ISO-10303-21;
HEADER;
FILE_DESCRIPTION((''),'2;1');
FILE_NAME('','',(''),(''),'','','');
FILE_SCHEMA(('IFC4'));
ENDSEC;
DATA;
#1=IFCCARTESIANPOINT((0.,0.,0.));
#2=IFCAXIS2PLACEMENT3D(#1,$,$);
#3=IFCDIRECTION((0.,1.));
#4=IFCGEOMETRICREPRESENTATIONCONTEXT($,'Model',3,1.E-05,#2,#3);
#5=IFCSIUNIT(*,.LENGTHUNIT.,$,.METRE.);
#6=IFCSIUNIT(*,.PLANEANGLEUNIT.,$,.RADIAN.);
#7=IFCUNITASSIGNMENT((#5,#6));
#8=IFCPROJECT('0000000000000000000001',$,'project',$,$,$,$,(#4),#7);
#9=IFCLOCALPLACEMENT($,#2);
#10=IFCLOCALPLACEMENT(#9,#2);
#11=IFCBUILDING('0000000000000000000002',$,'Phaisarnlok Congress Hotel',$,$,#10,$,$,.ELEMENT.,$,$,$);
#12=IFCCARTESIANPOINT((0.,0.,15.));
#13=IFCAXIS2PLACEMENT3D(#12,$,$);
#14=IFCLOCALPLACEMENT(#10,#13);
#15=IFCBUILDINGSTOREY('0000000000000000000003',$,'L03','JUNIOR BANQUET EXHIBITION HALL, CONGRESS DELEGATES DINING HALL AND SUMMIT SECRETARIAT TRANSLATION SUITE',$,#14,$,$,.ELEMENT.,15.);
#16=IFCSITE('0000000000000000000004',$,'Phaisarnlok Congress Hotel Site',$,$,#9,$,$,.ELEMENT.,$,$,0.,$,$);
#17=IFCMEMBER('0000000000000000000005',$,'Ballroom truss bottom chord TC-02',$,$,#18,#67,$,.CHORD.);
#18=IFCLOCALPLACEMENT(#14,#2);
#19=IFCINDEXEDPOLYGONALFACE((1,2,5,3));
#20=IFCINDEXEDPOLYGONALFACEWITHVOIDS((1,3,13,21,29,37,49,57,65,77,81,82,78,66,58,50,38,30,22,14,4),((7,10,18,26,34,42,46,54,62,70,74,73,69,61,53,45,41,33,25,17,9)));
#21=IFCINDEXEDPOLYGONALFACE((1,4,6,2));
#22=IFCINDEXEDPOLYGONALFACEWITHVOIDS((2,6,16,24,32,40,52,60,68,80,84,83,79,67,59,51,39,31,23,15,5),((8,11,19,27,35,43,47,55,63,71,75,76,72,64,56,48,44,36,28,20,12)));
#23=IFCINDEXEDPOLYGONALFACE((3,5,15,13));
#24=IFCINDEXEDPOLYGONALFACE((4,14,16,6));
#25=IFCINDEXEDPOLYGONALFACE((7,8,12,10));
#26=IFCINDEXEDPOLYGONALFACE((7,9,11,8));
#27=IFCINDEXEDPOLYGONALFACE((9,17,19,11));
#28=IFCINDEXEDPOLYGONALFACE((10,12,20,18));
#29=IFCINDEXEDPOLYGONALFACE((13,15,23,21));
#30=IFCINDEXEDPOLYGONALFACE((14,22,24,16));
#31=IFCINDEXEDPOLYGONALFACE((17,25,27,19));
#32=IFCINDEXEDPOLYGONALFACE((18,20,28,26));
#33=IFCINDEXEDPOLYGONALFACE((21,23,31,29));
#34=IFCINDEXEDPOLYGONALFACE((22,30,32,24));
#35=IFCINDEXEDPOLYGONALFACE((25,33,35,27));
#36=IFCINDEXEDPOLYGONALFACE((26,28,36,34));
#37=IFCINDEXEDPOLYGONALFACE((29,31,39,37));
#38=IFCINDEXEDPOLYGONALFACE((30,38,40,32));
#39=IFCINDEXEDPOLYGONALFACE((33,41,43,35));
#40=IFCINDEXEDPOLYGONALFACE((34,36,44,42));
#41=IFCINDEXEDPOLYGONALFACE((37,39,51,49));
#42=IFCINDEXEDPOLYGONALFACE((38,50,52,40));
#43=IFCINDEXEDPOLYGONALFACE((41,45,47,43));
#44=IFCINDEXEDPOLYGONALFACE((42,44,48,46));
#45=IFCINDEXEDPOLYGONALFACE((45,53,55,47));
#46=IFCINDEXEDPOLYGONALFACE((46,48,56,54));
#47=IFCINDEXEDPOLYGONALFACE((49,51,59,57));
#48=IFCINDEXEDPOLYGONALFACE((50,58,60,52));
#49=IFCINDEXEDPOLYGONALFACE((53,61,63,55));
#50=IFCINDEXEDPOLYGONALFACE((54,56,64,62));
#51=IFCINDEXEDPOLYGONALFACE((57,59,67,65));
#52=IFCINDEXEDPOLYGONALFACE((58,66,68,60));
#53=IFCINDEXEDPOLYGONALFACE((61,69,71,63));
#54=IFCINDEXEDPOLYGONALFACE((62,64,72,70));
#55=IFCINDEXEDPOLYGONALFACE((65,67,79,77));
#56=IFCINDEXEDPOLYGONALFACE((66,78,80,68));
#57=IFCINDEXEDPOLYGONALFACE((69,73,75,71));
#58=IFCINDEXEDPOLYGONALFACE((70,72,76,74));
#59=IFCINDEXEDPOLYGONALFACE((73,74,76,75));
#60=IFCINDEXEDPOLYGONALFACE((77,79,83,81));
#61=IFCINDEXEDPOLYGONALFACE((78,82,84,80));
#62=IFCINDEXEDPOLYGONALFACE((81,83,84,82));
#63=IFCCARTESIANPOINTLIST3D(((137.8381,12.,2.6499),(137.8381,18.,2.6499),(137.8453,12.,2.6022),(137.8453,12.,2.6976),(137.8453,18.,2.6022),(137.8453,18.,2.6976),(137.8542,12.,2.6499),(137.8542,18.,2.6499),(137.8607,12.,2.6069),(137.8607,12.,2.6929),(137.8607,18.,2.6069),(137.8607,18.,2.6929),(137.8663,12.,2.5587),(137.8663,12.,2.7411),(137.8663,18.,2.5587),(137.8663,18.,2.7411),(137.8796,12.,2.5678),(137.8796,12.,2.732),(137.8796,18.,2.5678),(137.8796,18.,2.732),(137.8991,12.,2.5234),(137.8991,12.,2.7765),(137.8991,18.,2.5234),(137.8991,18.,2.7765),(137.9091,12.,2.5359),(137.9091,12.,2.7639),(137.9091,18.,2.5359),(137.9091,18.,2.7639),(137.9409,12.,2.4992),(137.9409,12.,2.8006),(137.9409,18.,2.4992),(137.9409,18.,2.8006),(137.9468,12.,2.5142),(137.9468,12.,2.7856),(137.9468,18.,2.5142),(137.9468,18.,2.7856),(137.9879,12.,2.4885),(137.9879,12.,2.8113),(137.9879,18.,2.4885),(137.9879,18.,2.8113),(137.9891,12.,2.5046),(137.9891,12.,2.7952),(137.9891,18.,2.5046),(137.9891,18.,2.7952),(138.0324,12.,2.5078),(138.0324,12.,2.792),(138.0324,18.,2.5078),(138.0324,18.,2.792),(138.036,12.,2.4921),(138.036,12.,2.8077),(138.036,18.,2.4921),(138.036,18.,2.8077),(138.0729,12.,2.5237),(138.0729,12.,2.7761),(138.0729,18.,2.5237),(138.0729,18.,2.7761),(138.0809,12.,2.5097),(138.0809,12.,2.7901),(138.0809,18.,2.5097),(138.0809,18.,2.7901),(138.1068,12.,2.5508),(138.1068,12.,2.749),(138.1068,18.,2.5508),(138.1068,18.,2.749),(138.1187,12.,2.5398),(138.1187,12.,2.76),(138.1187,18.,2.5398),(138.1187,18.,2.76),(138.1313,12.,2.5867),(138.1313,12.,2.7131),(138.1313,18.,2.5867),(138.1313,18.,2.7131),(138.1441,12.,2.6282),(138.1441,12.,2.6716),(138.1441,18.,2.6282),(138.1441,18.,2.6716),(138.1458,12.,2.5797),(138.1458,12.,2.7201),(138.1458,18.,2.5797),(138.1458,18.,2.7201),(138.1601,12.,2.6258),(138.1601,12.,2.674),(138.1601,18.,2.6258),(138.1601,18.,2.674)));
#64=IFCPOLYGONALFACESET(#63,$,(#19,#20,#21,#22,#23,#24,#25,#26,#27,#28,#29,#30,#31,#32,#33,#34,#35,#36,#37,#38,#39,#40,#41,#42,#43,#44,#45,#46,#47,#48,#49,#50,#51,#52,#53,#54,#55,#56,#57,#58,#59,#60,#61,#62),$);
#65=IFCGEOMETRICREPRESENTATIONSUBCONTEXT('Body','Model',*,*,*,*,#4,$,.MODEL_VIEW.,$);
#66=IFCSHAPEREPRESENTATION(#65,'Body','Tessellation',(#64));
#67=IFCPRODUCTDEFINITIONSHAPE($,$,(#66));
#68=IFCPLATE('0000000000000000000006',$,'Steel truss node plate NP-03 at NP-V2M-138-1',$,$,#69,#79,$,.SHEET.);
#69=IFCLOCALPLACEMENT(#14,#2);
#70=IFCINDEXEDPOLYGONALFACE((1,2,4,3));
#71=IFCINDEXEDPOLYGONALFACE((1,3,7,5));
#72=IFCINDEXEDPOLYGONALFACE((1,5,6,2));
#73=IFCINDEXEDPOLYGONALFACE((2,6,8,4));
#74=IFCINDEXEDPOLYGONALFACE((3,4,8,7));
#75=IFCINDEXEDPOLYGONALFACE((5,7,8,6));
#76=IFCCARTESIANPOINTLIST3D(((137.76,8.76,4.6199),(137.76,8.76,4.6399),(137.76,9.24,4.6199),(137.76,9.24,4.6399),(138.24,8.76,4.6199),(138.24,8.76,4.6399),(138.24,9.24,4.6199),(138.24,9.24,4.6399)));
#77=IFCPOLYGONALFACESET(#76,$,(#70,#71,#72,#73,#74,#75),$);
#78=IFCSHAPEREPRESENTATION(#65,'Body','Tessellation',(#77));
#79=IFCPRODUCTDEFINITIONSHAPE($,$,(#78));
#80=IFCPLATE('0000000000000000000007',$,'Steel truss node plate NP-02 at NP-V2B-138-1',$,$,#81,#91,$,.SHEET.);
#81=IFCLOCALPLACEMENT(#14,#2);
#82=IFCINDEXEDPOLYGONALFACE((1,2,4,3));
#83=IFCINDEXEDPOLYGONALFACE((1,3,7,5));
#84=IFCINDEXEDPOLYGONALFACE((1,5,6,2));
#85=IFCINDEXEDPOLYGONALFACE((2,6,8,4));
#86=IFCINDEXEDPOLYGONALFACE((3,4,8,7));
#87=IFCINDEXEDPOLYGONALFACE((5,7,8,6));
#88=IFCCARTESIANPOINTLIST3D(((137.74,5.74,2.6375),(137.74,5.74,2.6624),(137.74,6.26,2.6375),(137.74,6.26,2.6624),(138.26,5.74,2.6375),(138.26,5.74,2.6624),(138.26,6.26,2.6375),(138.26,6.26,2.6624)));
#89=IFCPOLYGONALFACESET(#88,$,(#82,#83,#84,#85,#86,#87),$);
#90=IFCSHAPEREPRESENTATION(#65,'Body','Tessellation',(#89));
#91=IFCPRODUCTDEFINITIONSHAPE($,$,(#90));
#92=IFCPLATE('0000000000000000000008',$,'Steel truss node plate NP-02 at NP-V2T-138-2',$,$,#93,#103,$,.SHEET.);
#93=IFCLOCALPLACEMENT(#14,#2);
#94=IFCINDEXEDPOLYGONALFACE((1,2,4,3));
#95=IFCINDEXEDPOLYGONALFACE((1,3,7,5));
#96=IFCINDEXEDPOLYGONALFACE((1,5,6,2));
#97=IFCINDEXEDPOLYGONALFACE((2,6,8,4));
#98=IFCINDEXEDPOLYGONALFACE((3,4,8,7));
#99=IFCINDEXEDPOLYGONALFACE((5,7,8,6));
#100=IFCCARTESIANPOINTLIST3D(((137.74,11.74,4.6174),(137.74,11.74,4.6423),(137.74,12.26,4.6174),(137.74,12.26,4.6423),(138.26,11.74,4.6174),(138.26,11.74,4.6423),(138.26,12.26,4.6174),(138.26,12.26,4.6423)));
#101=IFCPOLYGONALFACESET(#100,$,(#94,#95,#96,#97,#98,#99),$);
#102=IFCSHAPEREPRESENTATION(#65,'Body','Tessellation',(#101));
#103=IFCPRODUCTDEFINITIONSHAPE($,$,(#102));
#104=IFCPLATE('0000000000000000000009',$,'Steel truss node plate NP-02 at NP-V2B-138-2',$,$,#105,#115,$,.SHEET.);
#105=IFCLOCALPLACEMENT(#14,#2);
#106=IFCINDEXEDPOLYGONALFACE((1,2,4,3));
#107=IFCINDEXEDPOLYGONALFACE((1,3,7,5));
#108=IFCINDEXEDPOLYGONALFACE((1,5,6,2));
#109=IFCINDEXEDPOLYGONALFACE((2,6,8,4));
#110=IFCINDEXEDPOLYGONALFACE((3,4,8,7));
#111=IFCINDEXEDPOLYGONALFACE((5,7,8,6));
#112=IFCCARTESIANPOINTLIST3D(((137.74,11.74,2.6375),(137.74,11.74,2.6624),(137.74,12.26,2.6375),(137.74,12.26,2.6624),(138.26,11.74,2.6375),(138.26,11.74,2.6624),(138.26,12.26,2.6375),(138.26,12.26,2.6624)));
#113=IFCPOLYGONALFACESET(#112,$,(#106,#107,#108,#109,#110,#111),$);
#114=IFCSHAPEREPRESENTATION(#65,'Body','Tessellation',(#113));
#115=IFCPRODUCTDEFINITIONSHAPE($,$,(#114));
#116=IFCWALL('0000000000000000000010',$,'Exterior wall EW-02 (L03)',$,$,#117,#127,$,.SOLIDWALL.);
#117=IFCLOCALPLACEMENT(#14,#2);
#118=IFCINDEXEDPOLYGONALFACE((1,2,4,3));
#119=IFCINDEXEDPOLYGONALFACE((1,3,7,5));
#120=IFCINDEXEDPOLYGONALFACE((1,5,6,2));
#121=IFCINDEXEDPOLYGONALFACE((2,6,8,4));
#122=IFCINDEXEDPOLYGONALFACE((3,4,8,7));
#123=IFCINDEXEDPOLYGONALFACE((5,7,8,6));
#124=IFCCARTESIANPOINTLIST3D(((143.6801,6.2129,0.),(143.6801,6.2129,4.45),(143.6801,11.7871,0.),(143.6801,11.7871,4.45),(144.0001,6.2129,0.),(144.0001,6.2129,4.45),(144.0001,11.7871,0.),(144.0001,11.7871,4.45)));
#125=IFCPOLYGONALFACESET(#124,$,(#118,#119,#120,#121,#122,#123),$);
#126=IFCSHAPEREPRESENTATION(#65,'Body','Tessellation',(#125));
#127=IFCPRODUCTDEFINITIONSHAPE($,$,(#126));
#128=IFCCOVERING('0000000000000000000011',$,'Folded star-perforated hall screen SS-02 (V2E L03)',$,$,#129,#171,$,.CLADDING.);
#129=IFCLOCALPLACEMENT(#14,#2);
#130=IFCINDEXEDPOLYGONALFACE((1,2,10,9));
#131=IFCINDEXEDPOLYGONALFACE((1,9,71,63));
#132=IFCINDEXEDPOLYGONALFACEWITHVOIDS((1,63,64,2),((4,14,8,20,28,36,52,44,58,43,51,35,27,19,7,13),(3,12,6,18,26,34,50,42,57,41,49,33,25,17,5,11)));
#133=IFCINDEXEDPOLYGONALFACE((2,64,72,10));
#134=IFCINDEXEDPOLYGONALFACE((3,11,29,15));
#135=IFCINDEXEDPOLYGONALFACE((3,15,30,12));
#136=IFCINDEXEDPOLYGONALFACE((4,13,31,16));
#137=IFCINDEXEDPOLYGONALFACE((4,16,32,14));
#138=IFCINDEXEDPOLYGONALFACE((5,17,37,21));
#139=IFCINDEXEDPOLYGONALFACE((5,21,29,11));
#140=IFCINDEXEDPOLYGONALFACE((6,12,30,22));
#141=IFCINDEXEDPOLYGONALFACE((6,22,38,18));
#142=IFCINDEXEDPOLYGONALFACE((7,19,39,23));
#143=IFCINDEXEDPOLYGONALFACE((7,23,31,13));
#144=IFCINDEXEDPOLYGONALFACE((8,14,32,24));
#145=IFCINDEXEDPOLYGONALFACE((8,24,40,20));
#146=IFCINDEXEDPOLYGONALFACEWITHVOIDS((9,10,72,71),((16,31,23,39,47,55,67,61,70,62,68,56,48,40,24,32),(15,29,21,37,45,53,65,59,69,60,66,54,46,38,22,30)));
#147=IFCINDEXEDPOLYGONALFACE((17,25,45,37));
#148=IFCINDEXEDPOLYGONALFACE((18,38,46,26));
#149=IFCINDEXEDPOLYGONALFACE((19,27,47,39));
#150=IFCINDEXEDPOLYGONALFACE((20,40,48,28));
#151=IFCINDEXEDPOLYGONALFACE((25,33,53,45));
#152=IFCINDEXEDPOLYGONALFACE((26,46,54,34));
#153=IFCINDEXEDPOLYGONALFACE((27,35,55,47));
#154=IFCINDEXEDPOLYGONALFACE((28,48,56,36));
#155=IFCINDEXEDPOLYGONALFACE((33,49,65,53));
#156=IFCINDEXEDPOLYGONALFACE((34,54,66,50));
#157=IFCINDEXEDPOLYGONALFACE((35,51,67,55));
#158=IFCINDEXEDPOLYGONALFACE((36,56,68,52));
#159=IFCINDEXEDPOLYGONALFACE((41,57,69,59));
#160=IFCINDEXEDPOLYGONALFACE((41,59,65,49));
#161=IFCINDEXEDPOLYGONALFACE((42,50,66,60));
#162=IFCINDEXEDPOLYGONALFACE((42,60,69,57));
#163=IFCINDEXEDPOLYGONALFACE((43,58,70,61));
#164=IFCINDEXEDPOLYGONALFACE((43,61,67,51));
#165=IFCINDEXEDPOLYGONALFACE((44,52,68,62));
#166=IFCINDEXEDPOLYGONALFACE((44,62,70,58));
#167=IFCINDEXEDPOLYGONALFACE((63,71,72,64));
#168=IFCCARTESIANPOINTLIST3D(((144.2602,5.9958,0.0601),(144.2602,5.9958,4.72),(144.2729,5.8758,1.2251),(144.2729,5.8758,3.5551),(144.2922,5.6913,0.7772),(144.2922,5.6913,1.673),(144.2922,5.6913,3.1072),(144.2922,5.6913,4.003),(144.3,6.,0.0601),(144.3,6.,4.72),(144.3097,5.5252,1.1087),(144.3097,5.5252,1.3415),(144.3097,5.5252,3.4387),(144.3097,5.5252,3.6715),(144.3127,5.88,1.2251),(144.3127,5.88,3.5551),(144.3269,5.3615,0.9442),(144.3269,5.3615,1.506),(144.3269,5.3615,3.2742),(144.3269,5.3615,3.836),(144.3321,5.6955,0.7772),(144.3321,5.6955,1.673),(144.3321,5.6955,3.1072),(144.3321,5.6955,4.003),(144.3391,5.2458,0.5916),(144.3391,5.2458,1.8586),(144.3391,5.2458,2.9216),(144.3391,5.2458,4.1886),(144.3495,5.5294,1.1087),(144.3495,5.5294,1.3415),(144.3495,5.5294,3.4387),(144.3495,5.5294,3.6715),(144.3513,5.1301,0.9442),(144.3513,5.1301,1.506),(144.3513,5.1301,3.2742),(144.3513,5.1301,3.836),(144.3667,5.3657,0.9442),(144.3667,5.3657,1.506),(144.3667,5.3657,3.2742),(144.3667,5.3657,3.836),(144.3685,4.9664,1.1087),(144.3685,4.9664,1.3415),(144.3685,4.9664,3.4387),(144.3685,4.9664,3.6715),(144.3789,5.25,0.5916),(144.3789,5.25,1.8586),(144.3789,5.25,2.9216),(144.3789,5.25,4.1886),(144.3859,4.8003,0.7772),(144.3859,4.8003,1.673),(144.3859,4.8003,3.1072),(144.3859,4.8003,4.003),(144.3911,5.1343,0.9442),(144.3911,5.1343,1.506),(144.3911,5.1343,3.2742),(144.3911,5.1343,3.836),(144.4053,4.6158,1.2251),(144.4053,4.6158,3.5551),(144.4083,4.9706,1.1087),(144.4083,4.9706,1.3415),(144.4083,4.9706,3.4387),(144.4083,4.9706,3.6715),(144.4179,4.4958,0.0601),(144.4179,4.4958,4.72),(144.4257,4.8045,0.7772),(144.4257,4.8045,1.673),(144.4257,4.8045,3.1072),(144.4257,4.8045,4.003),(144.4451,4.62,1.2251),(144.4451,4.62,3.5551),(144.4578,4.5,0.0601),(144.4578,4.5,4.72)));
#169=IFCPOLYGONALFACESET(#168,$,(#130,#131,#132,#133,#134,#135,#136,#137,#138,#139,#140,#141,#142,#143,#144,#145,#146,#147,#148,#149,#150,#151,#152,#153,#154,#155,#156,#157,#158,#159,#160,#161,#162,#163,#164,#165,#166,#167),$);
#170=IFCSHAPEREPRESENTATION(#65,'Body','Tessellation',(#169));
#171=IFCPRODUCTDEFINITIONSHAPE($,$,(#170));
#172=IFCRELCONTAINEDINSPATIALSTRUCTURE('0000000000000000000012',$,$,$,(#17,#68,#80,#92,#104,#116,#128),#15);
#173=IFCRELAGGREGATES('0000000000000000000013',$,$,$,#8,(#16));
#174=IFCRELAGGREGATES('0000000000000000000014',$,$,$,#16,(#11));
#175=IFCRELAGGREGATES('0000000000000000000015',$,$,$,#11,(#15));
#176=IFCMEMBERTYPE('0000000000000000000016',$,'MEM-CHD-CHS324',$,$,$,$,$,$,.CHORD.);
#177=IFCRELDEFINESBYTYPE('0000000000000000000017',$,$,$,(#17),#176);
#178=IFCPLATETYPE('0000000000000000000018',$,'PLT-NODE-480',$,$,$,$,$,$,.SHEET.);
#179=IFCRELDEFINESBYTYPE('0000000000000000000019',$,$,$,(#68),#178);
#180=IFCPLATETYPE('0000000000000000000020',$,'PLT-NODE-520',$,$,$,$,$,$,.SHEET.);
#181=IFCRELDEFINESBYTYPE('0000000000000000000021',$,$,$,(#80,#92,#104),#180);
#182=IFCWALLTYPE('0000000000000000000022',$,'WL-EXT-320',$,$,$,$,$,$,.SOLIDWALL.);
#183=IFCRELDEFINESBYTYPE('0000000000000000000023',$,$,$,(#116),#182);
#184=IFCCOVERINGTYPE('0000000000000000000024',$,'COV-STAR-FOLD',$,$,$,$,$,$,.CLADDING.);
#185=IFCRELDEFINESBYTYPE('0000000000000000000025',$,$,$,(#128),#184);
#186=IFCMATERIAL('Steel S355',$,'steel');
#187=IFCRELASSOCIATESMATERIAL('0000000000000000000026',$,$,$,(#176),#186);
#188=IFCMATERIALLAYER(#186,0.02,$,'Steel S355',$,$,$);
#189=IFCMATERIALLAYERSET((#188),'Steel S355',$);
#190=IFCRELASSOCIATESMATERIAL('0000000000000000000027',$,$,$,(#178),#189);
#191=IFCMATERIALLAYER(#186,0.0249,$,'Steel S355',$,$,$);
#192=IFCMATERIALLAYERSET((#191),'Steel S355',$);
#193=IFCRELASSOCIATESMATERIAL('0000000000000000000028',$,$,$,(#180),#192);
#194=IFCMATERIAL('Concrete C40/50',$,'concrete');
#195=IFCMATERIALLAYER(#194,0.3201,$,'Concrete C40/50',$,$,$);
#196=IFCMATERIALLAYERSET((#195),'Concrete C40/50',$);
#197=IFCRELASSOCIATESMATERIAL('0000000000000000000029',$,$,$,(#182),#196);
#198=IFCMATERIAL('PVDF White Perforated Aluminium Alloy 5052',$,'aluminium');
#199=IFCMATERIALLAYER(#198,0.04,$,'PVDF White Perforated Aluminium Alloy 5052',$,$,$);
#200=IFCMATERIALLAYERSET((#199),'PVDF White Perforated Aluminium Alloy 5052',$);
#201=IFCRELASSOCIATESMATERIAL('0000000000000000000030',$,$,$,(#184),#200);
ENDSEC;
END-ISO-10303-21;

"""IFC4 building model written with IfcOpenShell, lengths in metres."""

from ifc_helpers import new_model, si_unit, direction, frame, frame_2d, origin, origin_2d, place, context, subcontext, project, spatial, polyline, rectangle, hollow_circle, outline, extrude, material, layer, layer_set, material_profile, profile_set, type_object, element, save


model = new_model("IFC4")

# Units and contexts
model_context = context("Model", 3, precision=1e-05, world=origin(), true_north=direction((0.0, 1.0)))
body_context = subcontext(model_context, "Body", "Model", "MODEL_VIEW")
ifc_project = project(units=[si_unit("LENGTHUNIT", "METRE"), si_unit("PLANEANGLEUNIT", "RADIAN")], contexts=[model_context])

# Site, building, storey
site_placement = place(None, origin())
site = spatial("IfcSite", under=ifc_project, at=site_placement, Name="Phaisarnlok Congress Hotel Site", CompositionType="ELEMENT", RefElevation=0.0)
building_placement = place(site_placement, origin())
building = spatial("IfcBuilding", under=site, at=building_placement, Name="Phaisarnlok Congress Hotel", CompositionType="ELEMENT")
storey_placement = place(building_placement, frame((0.0, 0.0, 15.0)))
storey = spatial("IfcBuildingStorey", under=building, at=storey_placement, Name="L03", Description="JUNIOR BANQUET EXHIBITION HALL, CONGRESS DELEGATES DINING HALL AND SUMMIT SECRETARIAT TRANSLATION SUITE", CompositionType="ELEMENT", Elevation=15.0)

# Shared definitions
ifc_material_1 = material(Name="Steel S355", Category="steel")

# Member
ifc_material_profile_1 = material_profile(ifc_material_1, hollow_circle(Radius=0.1619, WallThickness=0.0161, at=origin_2d()), Name="CHS 323.9x16")
ifc_profile_set_1 = profile_set([ifc_material_profile_1], Name="Steel S355")
member_type_1 = type_object("IfcMemberType", Name="MEM-CHD-CHS324", PredefinedType="CHORD", material=ifc_profile_set_1)
for number, where, z_axis, x_axis, name in (
    (1, (138.0, 12.0, 2.6499), (0.0, 1.0, 0.0), (-1.0, 0.0, 0.0), "Ballroom truss bottom chord TC-02"),
):
    element("IfcMember", number, at=place(storey_placement, frame(where, z_axis=z_axis, x_axis=x_axis)), inside=storey, type_object=member_type_1, Name=name, PredefinedType="CHORD", context=body_context, shape_type="SweptSolid", body=[
        extrude(hollow_circle(Radius=0.1619, WallThickness=0.0161, at=origin_2d()), origin(), (0.0, 0.0, 1.0), 6.0),
    ])

# Plates
ifc_layer_1 = layer(ifc_material_1, 0.02, Name="Steel S355")
ifc_layer_set_1 = layer_set([ifc_layer_1], Name="Steel S355")
plate_type_1 = type_object("IfcPlateType", Name="PLT-NODE-480", PredefinedType="SHEET", material=ifc_layer_set_1)
plate_placement = place(storey_placement, frame((138.0, 9.0, 4.6199), z_axis=(0.0, 0.0, 1.0), x_axis=(1.0, 0.0, 0.0)))
element("IfcPlate", 2, at=plate_placement, inside=storey, type_object=plate_type_1, Name="Steel truss node plate NP-03 at NP-V2M-138-1", PredefinedType="SHEET", context=body_context, shape_type="SweptSolid", body=[
    extrude(rectangle(XDim=0.48, YDim=0.48, at=origin_2d()), origin(), (0.0, 0.0, 1.0), 0.02),
])
ifc_layer_2 = layer(ifc_material_1, 0.0249, Name="Steel S355")
ifc_layer_set_2 = layer_set([ifc_layer_2], Name="Steel S355")
plate_type_2 = type_object("IfcPlateType", Name="PLT-NODE-520", PredefinedType="SHEET", material=ifc_layer_set_2)
for number, where, z_axis, x_axis, name in (
    (3, (138.0, 6.0, 2.6375), (0.0, 0.0, 1.0), (1.0, 0.0, 0.0), "Steel truss node plate NP-02 at NP-V2B-138-1"),
    (4, (138.0, 12.0, 4.6174), (0.0, 0.0, 1.0), (1.0, 0.0, 0.0), "Steel truss node plate NP-02 at NP-V2T-138-2"),
    (5, (138.0, 12.0, 2.6375), (0.0, 0.0, 1.0), (1.0, 0.0, 0.0), "Steel truss node plate NP-02 at NP-V2B-138-2"),
):
    element("IfcPlate", number, at=place(storey_placement, frame(where, z_axis=z_axis, x_axis=x_axis)), inside=storey, type_object=plate_type_2, Name=name, PredefinedType="SHEET", context=body_context, shape_type="SweptSolid", body=[
        extrude(rectangle(XDim=0.52, YDim=0.52, at=origin_2d()), origin(), (0.0, 0.0, 1.0), 0.0249),
    ])

# Wall
ifc_material_2 = material(Name="Concrete C40/50", Category="concrete")
ifc_layer_3 = layer(ifc_material_2, 0.3201, Name="Concrete C40/50")
ifc_layer_set_3 = layer_set([ifc_layer_3], Name="Concrete C40/50")
wall_type = type_object("IfcWallType", Name="WL-EXT-320", PredefinedType="SOLIDWALL", material=ifc_layer_set_3)
wall_placement = place(storey_placement, frame((143.8401, 6.2129, 0.0), z_axis=(0.0, 0.0, 1.0), x_axis=(0.0, 1.0, 0.0)))
element("IfcWall", 6, at=wall_placement, inside=storey, type_object=wall_type, Name="Exterior wall EW-02 (L03)", PredefinedType="SOLIDWALL", context=body_context, shape_type="SweptSolid", body=[
    extrude(rectangle(XDim=5.5742, YDim=0.3201, at=frame_2d((2.7871, 0.0))), origin(), (0.0, 0.0, 1.0), 4.45),
])

# Covering
ifc_material_3 = material(Name="PVDF White Perforated Aluminium Alloy 5052", Category="aluminium")
ifc_layer_4 = layer(ifc_material_3, 0.04, Name="PVDF White Perforated Aluminium Alloy 5052")
ifc_layer_set_4 = layer_set([ifc_layer_4], Name="PVDF White Perforated Aluminium Alloy 5052")
covering_type = type_object("IfcCoveringType", Name="COV-STAR-FOLD", PredefinedType="CLADDING", material=ifc_layer_set_4)
for number, where, z_axis, x_axis, name in (
    (7, (144.3, 6.0, 0.0601), (-0.994518, -0.104567, 0.0), (0.104567, -0.994518, 0.0), "Folded star-perforated hall screen SS-02 (V2E L03)"),
):
    element("IfcCovering", number, at=place(storey_placement, frame(where, z_axis=z_axis, x_axis=x_axis)), inside=storey, type_object=covering_type, Name=name, PredefinedType="CLADDING", context=body_context, shape_type="SweptSolid", body=[
        extrude(outline(polyline([(0.0, 0.0), (1.5083, 0.0), (1.5083, 4.6599), (0.0, 4.6599), (0.0, 0.0)]), holes=[polyline([(1.0351, 1.0486), (1.2021, 0.7171), (0.8705, 0.8841), (0.7541, 0.5315), (0.6378, 0.8841), (0.3062, 0.7171), (0.4732, 1.0486), (0.1207, 1.165), (0.4732, 1.2814), (0.3062, 1.6129), (0.6378, 1.4459), (0.7541, 1.7985), (0.8705, 1.4459), (1.2021, 1.6129), (1.0351, 1.2814), (1.3876, 1.165), (1.0351, 1.0486)]), polyline([(1.0351, 3.3786), (1.2021, 3.0471), (0.8705, 3.2141), (0.7541, 2.8615), (0.6378, 3.2141), (0.3062, 3.0471), (0.4732, 3.3786), (0.1207, 3.495), (0.4732, 3.6114), (0.3062, 3.9429), (0.6378, 3.7759), (0.7541, 4.1285), (0.8705, 3.7759), (1.2021, 3.9429), (1.0351, 3.6114), (1.3876, 3.495), (1.0351, 3.3786)])]), origin(), (0.0, 0.0, 1.0), 0.04),
    ])

save(model, "model.ifc")
